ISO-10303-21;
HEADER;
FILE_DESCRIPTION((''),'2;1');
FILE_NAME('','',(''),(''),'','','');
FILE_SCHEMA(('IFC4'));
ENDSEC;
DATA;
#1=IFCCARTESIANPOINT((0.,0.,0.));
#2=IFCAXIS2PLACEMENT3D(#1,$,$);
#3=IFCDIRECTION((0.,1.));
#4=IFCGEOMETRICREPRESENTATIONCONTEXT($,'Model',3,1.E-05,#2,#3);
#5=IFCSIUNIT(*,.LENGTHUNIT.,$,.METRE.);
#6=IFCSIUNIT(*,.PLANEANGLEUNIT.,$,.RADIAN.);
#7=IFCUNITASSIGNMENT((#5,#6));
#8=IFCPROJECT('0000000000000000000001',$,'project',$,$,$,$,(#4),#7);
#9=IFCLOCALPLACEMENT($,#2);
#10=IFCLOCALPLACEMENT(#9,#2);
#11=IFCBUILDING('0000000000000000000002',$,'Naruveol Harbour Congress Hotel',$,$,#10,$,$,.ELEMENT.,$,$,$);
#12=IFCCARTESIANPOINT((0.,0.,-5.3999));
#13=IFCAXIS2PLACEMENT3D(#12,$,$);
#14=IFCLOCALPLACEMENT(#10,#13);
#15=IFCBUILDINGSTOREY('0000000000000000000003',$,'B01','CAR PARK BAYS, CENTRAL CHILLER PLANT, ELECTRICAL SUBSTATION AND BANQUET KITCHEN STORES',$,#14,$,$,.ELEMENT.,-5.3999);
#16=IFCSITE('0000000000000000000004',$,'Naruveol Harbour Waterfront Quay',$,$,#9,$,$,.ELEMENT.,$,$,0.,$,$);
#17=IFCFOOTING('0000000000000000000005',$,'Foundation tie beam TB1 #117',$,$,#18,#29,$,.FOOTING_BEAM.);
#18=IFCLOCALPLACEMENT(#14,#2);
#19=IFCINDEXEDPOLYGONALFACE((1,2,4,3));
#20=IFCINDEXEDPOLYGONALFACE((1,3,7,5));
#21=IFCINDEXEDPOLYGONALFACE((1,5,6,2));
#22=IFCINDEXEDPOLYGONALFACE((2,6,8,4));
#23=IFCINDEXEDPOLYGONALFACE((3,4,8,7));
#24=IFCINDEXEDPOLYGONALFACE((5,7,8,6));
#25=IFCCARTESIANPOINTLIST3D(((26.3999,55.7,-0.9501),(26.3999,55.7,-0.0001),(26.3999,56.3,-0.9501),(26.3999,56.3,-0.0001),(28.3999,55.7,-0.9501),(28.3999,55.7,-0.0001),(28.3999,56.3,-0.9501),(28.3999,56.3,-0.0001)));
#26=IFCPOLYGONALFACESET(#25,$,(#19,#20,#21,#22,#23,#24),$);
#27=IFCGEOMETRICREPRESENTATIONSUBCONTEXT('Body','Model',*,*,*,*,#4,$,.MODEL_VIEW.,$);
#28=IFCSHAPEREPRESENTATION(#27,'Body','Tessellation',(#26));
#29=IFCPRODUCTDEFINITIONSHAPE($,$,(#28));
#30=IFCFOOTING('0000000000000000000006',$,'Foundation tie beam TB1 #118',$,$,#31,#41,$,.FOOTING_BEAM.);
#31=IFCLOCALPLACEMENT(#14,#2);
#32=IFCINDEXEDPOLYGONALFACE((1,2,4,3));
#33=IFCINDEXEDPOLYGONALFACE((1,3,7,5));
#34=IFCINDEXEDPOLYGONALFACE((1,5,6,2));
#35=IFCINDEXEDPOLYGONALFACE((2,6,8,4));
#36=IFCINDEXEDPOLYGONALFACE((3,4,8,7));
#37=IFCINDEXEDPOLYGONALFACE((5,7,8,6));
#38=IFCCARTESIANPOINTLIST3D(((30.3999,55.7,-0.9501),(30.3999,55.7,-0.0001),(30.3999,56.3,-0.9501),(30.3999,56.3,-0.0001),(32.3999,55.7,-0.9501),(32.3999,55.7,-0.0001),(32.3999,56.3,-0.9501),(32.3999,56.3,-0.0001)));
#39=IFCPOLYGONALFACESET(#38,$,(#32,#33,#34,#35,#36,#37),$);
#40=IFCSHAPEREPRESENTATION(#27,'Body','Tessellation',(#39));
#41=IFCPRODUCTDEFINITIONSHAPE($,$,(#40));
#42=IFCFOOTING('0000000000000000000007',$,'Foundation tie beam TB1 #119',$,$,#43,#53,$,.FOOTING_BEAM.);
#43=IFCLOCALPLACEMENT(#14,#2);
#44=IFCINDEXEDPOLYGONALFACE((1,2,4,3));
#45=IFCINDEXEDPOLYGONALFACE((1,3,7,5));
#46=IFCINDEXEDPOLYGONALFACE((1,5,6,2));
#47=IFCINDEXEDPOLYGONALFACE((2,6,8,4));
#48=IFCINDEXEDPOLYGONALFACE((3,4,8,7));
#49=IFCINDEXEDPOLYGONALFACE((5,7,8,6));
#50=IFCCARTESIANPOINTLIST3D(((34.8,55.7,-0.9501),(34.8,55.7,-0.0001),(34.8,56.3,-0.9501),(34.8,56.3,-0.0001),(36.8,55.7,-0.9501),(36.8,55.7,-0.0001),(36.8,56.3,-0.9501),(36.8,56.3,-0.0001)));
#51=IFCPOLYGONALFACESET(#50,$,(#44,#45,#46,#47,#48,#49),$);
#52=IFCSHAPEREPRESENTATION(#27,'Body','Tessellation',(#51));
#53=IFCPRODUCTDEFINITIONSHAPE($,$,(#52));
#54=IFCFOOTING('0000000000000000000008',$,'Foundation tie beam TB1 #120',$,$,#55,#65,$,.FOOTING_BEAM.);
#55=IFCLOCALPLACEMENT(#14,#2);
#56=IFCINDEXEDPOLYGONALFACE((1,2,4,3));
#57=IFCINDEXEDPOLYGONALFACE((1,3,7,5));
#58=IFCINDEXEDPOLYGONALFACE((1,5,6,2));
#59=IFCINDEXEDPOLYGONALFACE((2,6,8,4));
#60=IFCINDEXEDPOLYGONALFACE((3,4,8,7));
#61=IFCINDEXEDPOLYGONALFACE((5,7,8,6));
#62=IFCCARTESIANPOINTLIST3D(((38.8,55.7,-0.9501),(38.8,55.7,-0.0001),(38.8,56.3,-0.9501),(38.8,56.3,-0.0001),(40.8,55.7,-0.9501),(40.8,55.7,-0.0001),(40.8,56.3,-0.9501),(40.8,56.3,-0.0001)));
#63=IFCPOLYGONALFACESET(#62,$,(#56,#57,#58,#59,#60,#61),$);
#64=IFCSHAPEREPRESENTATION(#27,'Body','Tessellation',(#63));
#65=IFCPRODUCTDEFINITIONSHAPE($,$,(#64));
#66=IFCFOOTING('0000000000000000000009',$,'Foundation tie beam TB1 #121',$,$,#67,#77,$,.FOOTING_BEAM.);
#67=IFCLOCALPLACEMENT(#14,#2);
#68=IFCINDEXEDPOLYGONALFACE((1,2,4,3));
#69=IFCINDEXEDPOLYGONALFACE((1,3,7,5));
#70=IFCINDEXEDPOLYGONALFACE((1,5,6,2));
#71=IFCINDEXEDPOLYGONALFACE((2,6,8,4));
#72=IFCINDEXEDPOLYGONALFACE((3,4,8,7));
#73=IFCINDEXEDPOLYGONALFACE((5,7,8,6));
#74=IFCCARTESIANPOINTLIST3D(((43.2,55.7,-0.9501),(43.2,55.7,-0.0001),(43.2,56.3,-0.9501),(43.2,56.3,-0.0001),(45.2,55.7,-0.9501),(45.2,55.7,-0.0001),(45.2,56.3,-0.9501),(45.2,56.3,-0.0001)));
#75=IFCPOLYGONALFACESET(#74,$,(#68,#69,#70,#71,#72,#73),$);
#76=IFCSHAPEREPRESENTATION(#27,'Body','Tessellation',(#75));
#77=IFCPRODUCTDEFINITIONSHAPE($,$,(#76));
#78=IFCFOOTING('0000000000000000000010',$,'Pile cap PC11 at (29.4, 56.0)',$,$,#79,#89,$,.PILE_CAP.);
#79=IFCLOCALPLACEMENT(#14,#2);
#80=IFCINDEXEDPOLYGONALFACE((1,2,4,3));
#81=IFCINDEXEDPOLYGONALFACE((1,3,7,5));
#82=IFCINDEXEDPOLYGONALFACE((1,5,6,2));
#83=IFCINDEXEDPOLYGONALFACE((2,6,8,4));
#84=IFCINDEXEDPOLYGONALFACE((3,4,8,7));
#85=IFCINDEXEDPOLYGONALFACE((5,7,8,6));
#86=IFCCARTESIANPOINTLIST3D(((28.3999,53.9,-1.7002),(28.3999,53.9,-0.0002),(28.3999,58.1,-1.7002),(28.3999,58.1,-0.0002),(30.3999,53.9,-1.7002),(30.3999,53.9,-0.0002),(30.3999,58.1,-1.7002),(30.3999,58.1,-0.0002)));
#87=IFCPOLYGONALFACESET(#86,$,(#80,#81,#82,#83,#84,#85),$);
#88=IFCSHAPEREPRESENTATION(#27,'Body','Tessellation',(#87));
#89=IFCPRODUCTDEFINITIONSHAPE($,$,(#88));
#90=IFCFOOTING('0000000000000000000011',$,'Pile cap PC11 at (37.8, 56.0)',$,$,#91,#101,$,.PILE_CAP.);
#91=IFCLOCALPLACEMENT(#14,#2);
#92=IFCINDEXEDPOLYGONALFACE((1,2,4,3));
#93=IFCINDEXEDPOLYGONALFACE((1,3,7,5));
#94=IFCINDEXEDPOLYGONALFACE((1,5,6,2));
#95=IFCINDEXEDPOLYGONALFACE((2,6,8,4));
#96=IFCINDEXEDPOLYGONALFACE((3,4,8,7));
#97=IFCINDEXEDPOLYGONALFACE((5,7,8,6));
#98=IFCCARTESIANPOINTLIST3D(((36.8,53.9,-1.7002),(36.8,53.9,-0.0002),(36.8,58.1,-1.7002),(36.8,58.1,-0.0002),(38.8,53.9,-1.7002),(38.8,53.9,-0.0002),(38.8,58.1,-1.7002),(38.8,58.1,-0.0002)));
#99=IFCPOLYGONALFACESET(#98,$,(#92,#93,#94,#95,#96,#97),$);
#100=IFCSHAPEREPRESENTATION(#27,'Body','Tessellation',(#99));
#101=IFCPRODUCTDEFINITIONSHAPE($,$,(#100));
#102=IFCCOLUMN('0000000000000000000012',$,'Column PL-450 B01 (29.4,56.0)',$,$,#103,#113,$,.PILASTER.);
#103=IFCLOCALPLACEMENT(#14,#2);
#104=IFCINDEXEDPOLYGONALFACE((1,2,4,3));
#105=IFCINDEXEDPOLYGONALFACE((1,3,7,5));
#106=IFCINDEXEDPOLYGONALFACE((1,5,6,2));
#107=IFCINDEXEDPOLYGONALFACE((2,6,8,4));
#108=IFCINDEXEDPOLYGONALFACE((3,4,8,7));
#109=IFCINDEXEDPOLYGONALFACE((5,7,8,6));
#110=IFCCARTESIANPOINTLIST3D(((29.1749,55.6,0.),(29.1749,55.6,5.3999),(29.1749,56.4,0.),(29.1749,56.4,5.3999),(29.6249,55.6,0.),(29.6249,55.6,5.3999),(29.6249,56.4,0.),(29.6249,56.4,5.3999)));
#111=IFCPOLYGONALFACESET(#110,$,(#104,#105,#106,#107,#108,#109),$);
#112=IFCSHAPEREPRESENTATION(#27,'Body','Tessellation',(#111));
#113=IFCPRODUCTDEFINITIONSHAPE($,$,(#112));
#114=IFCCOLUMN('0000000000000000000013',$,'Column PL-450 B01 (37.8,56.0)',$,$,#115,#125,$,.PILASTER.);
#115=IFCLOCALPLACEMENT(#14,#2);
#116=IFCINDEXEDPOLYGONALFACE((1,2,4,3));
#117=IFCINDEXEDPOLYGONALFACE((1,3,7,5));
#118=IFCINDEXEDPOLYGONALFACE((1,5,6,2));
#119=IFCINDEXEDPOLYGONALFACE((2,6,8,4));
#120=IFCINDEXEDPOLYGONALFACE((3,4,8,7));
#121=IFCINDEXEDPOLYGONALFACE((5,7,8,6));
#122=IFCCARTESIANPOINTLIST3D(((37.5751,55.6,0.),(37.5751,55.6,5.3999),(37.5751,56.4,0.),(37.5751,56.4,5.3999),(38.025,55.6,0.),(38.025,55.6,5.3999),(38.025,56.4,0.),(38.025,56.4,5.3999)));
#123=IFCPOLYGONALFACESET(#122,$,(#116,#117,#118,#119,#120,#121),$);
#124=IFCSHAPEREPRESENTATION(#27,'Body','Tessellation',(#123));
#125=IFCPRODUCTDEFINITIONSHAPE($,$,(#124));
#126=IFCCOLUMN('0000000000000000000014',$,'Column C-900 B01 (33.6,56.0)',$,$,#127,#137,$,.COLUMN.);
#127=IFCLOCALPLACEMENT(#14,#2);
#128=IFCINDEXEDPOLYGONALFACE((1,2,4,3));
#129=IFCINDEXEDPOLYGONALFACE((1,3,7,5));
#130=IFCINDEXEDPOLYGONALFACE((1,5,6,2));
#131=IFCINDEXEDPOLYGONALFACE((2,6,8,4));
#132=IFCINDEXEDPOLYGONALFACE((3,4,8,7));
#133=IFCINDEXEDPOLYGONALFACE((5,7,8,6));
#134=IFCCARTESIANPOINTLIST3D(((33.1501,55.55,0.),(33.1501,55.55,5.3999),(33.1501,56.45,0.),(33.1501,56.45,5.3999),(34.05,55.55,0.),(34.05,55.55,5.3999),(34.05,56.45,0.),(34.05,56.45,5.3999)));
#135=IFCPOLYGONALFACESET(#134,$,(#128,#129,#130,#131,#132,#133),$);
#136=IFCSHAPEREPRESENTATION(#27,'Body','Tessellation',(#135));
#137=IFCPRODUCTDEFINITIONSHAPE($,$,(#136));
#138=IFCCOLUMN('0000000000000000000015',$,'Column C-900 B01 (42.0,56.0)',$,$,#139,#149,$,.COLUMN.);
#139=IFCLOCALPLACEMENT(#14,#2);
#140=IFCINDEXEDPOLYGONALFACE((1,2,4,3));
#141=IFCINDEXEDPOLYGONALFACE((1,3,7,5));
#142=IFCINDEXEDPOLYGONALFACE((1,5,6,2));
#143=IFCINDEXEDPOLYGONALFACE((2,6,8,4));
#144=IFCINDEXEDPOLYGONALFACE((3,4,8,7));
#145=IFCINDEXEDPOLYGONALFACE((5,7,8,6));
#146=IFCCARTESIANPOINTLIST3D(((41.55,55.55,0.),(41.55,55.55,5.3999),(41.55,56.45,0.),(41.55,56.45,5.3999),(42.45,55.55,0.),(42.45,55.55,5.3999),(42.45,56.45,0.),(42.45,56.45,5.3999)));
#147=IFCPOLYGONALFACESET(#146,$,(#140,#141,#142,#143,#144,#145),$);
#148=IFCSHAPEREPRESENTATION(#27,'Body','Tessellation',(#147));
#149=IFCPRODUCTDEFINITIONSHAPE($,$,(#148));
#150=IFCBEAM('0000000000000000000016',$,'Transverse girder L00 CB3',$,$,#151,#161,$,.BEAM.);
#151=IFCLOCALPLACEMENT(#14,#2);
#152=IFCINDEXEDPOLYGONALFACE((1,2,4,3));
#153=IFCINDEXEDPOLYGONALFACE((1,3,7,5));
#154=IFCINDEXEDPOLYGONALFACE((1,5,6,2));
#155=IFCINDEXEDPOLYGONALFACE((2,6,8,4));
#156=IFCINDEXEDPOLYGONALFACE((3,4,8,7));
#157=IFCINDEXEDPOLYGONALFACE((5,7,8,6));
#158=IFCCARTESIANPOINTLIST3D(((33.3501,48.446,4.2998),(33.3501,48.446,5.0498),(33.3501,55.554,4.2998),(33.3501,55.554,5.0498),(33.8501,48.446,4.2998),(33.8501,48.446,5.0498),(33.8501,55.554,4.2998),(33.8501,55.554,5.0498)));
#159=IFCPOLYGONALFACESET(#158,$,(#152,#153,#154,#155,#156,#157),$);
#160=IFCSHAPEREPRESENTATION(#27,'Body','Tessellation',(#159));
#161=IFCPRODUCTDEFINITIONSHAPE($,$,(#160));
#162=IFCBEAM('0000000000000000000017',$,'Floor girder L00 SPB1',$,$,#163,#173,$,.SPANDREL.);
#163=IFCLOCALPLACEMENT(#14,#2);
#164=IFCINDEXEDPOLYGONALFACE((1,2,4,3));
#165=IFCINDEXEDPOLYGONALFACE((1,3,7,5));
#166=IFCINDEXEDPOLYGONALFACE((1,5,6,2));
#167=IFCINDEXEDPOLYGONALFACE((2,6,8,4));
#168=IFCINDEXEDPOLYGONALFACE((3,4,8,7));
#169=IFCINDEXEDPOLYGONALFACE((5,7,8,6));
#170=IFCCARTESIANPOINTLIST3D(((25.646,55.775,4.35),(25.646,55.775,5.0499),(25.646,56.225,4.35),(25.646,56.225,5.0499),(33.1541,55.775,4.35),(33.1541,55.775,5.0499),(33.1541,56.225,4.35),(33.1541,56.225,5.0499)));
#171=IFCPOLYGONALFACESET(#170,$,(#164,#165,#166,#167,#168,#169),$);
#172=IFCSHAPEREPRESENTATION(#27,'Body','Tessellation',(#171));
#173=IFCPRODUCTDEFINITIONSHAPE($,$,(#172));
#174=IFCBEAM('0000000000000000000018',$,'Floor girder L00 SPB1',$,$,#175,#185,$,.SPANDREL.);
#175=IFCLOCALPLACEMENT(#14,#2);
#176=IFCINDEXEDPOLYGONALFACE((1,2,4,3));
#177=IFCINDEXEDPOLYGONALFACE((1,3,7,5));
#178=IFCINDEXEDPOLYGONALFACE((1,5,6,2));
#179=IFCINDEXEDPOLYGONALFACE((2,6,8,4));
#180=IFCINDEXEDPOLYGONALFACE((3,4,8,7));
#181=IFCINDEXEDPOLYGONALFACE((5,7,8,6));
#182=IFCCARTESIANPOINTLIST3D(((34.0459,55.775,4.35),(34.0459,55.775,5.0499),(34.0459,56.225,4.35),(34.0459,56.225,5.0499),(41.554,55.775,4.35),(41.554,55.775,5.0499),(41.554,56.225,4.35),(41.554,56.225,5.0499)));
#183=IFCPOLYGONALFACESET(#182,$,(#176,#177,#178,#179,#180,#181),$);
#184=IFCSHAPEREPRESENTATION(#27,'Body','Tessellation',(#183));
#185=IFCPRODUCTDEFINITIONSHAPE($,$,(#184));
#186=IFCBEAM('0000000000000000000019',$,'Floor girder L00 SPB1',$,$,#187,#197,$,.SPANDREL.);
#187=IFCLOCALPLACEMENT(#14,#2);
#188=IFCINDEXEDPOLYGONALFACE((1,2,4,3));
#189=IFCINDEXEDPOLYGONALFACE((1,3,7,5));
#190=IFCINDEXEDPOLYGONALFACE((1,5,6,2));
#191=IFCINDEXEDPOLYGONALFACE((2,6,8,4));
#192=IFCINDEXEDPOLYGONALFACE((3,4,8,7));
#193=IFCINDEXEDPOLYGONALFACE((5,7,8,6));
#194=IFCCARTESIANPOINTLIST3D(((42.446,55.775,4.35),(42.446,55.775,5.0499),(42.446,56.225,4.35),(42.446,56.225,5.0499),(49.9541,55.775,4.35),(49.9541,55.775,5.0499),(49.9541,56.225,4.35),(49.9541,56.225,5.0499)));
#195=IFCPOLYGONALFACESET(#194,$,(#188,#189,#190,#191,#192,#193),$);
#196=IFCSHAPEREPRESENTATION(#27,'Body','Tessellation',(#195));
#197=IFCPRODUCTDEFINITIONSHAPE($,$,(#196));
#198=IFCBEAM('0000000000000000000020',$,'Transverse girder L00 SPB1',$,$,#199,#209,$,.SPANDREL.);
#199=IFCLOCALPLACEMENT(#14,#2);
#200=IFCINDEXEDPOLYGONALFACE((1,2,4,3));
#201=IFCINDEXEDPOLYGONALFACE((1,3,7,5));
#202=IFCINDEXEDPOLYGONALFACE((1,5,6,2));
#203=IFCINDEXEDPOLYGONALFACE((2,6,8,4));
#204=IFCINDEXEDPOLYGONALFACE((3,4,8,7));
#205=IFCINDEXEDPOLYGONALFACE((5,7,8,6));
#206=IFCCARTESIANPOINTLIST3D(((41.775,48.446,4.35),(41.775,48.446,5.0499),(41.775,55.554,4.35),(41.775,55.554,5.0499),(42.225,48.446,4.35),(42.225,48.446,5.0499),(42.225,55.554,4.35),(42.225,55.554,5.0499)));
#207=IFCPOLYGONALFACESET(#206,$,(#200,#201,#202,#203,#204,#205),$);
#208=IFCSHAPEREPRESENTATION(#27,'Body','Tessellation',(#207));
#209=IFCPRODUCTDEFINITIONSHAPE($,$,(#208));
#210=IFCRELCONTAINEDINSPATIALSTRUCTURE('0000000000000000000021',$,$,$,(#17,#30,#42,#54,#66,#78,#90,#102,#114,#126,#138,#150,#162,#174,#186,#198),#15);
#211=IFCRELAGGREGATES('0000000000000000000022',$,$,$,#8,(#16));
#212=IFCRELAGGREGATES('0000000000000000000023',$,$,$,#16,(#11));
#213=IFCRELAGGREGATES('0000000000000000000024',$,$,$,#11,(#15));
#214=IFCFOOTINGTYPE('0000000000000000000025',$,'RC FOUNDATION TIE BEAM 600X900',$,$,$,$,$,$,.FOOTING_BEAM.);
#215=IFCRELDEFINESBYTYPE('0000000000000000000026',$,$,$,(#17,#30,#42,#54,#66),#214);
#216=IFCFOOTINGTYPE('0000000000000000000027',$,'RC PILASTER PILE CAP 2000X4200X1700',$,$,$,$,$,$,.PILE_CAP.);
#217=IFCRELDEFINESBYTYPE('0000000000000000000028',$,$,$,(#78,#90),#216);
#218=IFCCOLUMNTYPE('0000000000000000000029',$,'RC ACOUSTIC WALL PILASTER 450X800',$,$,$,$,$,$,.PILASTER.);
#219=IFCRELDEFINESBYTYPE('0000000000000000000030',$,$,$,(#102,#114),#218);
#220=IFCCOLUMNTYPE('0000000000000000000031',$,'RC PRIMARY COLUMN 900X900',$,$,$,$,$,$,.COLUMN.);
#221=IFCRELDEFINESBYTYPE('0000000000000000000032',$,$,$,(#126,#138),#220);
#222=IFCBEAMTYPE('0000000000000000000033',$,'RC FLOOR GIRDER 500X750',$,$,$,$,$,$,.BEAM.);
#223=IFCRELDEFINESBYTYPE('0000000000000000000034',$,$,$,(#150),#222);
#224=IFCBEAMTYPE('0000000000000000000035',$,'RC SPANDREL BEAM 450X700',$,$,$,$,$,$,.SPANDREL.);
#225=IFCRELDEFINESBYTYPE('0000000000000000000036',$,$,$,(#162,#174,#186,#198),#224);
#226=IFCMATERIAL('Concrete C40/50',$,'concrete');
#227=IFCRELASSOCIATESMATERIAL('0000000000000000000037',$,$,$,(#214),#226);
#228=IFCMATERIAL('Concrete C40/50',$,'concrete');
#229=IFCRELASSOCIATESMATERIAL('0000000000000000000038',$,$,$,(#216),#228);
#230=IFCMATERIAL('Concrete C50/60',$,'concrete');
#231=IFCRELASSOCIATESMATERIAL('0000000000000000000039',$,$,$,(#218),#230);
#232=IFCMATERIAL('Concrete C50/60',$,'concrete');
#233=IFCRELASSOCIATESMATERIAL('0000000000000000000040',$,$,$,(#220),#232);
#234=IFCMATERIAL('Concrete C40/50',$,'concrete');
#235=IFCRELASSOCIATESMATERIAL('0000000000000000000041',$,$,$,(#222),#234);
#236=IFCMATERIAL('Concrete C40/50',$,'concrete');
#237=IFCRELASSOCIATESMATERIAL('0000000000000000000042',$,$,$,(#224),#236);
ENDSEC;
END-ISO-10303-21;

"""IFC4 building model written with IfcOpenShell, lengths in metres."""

from ifc_helpers import new_model, si_unit, direction, frame, origin, origin_2d, place, context, subcontext, project, spatial, rectangle, extrude, material, material_profile, profile_set, type_object, element, save


model = new_model("IFC4")

# Units and contexts
model_context = context("Model", 3, precision=1e-05, world=origin(), true_north=direction((0.0, 1.0)))
body_context = subcontext(model_context, "Body", "Model", "MODEL_VIEW")
ifc_project = project(units=[si_unit("LENGTHUNIT", "METRE"), si_unit("PLANEANGLEUNIT", "RADIAN")], contexts=[model_context])

# Site, building, storey
site_placement = place(None, origin())
site = spatial("IfcSite", under=ifc_project, at=site_placement, Name="Naruveol Harbour Waterfront Quay", CompositionType="ELEMENT", RefElevation=0.0)
building_placement = place(site_placement, origin())
building = spatial("IfcBuilding", under=site, at=building_placement, Name="Naruveol Harbour Congress Hotel", CompositionType="ELEMENT")
storey_placement = place(building_placement, frame((0.0, 0.0, -5.3999)))
storey = spatial("IfcBuildingStorey", under=building, at=storey_placement, Name="B01", Description="CAR PARK BAYS, CENTRAL CHILLER PLANT, ELECTRICAL SUBSTATION AND BANQUET KITCHEN STORES", CompositionType="ELEMENT", Elevation=-5.3999)

# Footings
ifc_material_1 = material(Name="Concrete C40/50", Category="concrete")
ifc_material_profile_1 = material_profile(ifc_material_1, rectangle(XDim=0.6001, YDim=0.95, at=origin_2d()), Name="RCB-600x950")
ifc_profile_set_1 = profile_set([ifc_material_profile_1], Name="Concrete C40/50")
footing_type_1 = type_object("IfcFootingType", Name="RC FOUNDATION TIE BEAM 600X900", PredefinedType="FOOTING_BEAM", material=ifc_profile_set_1)
for number, where, z_axis, x_axis, name in (
    (1, (26.3999, 56.0, -0.4751), (1.0, 0.0, 0.0), (0.0, 1.0, 0.0), "Foundation tie beam TB1 #117"),
    (2, (30.3999, 56.0, -0.4751), (1.0, 0.0, 0.0), (0.0, 1.0, 0.0), "Foundation tie beam TB1 #118"),
    (3, (34.8, 56.0, -0.4751), (1.0, 0.0, 0.0), (0.0, 1.0, 0.0), "Foundation tie beam TB1 #119"),
    (4, (38.8, 56.0, -0.4751), (1.0, 0.0, 0.0), (0.0, 1.0, 0.0), "Foundation tie beam TB1 #120"),
    (5, (43.2, 56.0, -0.4751), (1.0, 0.0, 0.0), (0.0, 1.0, 0.0), "Foundation tie beam TB1 #121"),
):
    element("IfcFooting", number, at=place(storey_placement, frame(where, z_axis=z_axis, x_axis=x_axis)), inside=storey, type_object=footing_type_1, Name=name, PredefinedType="FOOTING_BEAM", context=body_context, shape_type="SweptSolid", body=[
        extrude(rectangle(XDim=0.6001, YDim=0.95, at=origin_2d()), origin(), (0.0, 0.0, 1.0), 2.0),
    ])
ifc_material_2 = material(Name="Concrete C40/50", Category="concrete")
footing_type_2 = type_object("IfcFootingType", Name="RC PILASTER PILE CAP 2000X4200X1700", PredefinedType="PILE_CAP", material=ifc_material_2)
for number, where, z_axis, x_axis, name in (
    (6, (29.3999, 56.0, -1.7002), (0.0, 0.0, 1.0), (1.0, 0.0, 0.0), "Pile cap PC11 at (29.4, 56.0)"),
    (7, (37.8, 56.0, -1.7002), (0.0, 0.0, 1.0), (1.0, 0.0, 0.0), "Pile cap PC11 at (37.8, 56.0)"),
):
    element("IfcFooting", number, at=place(storey_placement, frame(where, z_axis=z_axis, x_axis=x_axis)), inside=storey, type_object=footing_type_2, Name=name, PredefinedType="PILE_CAP", context=body_context, shape_type="SweptSolid", body=[
        extrude(rectangle(XDim=2.0, YDim=4.2, at=origin_2d()), origin(), (0.0, 0.0, 1.0), 1.7),
    ])

# Columns
ifc_material_3 = material(Name="Concrete C50/60", Category="concrete")
ifc_material_profile_2 = material_profile(ifc_material_3, rectangle(XDim=0.45, YDim=0.8, at=origin_2d()), Name="RC-450x800")
ifc_profile_set_2 = profile_set([ifc_material_profile_2], Name="Concrete C50/60")
column_type_1 = type_object("IfcColumnType", Name="RC ACOUSTIC WALL PILASTER 450X800", PredefinedType="PILASTER", material=ifc_profile_set_2)
for number, where, z_axis, x_axis, name in (
    (8, (29.3999, 56.0, 0.0), (0.0, 0.0, 1.0), (1.0, 0.0, 0.0), "Column PL-450 B01 (29.4,56.0)"),
    (9, (37.8, 56.0, 0.0), (0.0, 0.0, 1.0), (1.0, 0.0, 0.0), "Column PL-450 B01 (37.8,56.0)"),
):
    element("IfcColumn", number, at=place(storey_placement, frame(where, z_axis=z_axis, x_axis=x_axis)), inside=storey, type_object=column_type_1, Name=name, PredefinedType="PILASTER", context=body_context, shape_type="SweptSolid", body=[
        extrude(rectangle(XDim=0.45, YDim=0.8, at=origin_2d()), origin(), (0.0, 0.0, 1.0), 5.3999),
    ])
ifc_material_4 = material(Name="Concrete C50/60", Category="concrete")
ifc_material_profile_3 = material_profile(ifc_material_4, rectangle(XDim=0.8999, YDim=0.8999, at=origin_2d()), Name="RC-900x900")
ifc_profile_set_3 = profile_set([ifc_material_profile_3], Name="Concrete C50/60")
column_type_2 = type_object("IfcColumnType", Name="RC PRIMARY COLUMN 900X900", PredefinedType="COLUMN", material=ifc_profile_set_3)
for number, where, z_axis, x_axis, name in (
    (10, (33.6001, 56.0, 0.0), (0.0, 0.0, 1.0), (1.0, 0.0, 0.0), "Column C-900 B01 (33.6,56.0)"),
    (11, (42.0, 56.0, 0.0), (0.0, 0.0, 1.0), (1.0, 0.0, 0.0), "Column C-900 B01 (42.0,56.0)"),
):
    element("IfcColumn", number, at=place(storey_placement, frame(where, z_axis=z_axis, x_axis=x_axis)), inside=storey, type_object=column_type_2, Name=name, PredefinedType="COLUMN", context=body_context, shape_type="SweptSolid", body=[
        extrude(rectangle(XDim=0.8999, YDim=0.8999, at=origin_2d()), origin(), (0.0, 0.0, 1.0), 5.3999),
    ])

# Beams
ifc_material_5 = material(Name="Concrete C40/50", Category="concrete")
ifc_material_profile_4 = material_profile(ifc_material_5, rectangle(XDim=0.5, YDim=0.75, at=origin_2d()), Name="RCB-500x750")
ifc_profile_set_4 = profile_set([ifc_material_profile_4], Name="Concrete C40/50")
beam_type_1 = type_object("IfcBeamType", Name="RC FLOOR GIRDER 500X750", PredefinedType="BEAM", material=ifc_profile_set_4)
beam_1_placement = place(storey_placement, frame((33.6001, 48.446, 4.6748), z_axis=(0.0, 1.0, 0.0), x_axis=(-1.0, 0.0, 0.0)))
element("IfcBeam", 12, at=beam_1_placement, inside=storey, type_object=beam_type_1, Name="Transverse girder L00 CB3", PredefinedType="BEAM", context=body_context, shape_type="SweptSolid", body=[
    extrude(rectangle(XDim=0.5, YDim=0.75, at=origin_2d()), origin(), (0.0, 0.0, 1.0), 7.1079),
])
ifc_material_6 = material(Name="Concrete C40/50", Category="concrete")
ifc_material_profile_5 = material_profile(ifc_material_6, rectangle(XDim=0.45, YDim=0.7, at=origin_2d()), Name="RCB-450x700")
ifc_profile_set_5 = profile_set([ifc_material_profile_5], Name="Concrete C40/50")
beam_type_2 = type_object("IfcBeamType", Name="RC SPANDREL BEAM 450X700", PredefinedType="SPANDREL", material=ifc_profile_set_5)
for number, where, z_axis, x_axis, name in (
    (13, (25.646, 56.0, 4.7), (1.0, 0.0, 0.0), (0.0, 1.0, 0.0), "Floor girder L00 SPB1"),
    (14, (34.0459, 56.0, 4.7), (1.0, 0.0, 0.0), (0.0, 1.0, 0.0), "Floor girder L00 SPB1"),
    (15, (42.446, 56.0, 4.7), (1.0, 0.0, 0.0), (0.0, 1.0, 0.0), "Floor girder L00 SPB1"),
):
    element("IfcBeam", number, at=place(storey_placement, frame(where, z_axis=z_axis, x_axis=x_axis)), inside=storey, type_object=beam_type_2, Name=name, PredefinedType="SPANDREL", context=body_context, shape_type="SweptSolid", body=[
        extrude(rectangle(XDim=0.45, YDim=0.7, at=origin_2d()), origin(), (0.0, 0.0, 1.0), 7.5081),
    ])
beam_2_placement = place(storey_placement, frame((42.0, 48.446, 4.7), z_axis=(0.0, 1.0, 0.0), x_axis=(-1.0, 0.0, 0.0)))
element("IfcBeam", 16, at=beam_2_placement, inside=storey, type_object=beam_type_2, Name="Transverse girder L00 SPB1", PredefinedType="SPANDREL", context=body_context, shape_type="SweptSolid", body=[
    extrude(rectangle(XDim=0.45, YDim=0.7, at=origin_2d()), origin(), (0.0, 0.0, 1.0), 7.1079),
])

save(model, "model.ifc")
